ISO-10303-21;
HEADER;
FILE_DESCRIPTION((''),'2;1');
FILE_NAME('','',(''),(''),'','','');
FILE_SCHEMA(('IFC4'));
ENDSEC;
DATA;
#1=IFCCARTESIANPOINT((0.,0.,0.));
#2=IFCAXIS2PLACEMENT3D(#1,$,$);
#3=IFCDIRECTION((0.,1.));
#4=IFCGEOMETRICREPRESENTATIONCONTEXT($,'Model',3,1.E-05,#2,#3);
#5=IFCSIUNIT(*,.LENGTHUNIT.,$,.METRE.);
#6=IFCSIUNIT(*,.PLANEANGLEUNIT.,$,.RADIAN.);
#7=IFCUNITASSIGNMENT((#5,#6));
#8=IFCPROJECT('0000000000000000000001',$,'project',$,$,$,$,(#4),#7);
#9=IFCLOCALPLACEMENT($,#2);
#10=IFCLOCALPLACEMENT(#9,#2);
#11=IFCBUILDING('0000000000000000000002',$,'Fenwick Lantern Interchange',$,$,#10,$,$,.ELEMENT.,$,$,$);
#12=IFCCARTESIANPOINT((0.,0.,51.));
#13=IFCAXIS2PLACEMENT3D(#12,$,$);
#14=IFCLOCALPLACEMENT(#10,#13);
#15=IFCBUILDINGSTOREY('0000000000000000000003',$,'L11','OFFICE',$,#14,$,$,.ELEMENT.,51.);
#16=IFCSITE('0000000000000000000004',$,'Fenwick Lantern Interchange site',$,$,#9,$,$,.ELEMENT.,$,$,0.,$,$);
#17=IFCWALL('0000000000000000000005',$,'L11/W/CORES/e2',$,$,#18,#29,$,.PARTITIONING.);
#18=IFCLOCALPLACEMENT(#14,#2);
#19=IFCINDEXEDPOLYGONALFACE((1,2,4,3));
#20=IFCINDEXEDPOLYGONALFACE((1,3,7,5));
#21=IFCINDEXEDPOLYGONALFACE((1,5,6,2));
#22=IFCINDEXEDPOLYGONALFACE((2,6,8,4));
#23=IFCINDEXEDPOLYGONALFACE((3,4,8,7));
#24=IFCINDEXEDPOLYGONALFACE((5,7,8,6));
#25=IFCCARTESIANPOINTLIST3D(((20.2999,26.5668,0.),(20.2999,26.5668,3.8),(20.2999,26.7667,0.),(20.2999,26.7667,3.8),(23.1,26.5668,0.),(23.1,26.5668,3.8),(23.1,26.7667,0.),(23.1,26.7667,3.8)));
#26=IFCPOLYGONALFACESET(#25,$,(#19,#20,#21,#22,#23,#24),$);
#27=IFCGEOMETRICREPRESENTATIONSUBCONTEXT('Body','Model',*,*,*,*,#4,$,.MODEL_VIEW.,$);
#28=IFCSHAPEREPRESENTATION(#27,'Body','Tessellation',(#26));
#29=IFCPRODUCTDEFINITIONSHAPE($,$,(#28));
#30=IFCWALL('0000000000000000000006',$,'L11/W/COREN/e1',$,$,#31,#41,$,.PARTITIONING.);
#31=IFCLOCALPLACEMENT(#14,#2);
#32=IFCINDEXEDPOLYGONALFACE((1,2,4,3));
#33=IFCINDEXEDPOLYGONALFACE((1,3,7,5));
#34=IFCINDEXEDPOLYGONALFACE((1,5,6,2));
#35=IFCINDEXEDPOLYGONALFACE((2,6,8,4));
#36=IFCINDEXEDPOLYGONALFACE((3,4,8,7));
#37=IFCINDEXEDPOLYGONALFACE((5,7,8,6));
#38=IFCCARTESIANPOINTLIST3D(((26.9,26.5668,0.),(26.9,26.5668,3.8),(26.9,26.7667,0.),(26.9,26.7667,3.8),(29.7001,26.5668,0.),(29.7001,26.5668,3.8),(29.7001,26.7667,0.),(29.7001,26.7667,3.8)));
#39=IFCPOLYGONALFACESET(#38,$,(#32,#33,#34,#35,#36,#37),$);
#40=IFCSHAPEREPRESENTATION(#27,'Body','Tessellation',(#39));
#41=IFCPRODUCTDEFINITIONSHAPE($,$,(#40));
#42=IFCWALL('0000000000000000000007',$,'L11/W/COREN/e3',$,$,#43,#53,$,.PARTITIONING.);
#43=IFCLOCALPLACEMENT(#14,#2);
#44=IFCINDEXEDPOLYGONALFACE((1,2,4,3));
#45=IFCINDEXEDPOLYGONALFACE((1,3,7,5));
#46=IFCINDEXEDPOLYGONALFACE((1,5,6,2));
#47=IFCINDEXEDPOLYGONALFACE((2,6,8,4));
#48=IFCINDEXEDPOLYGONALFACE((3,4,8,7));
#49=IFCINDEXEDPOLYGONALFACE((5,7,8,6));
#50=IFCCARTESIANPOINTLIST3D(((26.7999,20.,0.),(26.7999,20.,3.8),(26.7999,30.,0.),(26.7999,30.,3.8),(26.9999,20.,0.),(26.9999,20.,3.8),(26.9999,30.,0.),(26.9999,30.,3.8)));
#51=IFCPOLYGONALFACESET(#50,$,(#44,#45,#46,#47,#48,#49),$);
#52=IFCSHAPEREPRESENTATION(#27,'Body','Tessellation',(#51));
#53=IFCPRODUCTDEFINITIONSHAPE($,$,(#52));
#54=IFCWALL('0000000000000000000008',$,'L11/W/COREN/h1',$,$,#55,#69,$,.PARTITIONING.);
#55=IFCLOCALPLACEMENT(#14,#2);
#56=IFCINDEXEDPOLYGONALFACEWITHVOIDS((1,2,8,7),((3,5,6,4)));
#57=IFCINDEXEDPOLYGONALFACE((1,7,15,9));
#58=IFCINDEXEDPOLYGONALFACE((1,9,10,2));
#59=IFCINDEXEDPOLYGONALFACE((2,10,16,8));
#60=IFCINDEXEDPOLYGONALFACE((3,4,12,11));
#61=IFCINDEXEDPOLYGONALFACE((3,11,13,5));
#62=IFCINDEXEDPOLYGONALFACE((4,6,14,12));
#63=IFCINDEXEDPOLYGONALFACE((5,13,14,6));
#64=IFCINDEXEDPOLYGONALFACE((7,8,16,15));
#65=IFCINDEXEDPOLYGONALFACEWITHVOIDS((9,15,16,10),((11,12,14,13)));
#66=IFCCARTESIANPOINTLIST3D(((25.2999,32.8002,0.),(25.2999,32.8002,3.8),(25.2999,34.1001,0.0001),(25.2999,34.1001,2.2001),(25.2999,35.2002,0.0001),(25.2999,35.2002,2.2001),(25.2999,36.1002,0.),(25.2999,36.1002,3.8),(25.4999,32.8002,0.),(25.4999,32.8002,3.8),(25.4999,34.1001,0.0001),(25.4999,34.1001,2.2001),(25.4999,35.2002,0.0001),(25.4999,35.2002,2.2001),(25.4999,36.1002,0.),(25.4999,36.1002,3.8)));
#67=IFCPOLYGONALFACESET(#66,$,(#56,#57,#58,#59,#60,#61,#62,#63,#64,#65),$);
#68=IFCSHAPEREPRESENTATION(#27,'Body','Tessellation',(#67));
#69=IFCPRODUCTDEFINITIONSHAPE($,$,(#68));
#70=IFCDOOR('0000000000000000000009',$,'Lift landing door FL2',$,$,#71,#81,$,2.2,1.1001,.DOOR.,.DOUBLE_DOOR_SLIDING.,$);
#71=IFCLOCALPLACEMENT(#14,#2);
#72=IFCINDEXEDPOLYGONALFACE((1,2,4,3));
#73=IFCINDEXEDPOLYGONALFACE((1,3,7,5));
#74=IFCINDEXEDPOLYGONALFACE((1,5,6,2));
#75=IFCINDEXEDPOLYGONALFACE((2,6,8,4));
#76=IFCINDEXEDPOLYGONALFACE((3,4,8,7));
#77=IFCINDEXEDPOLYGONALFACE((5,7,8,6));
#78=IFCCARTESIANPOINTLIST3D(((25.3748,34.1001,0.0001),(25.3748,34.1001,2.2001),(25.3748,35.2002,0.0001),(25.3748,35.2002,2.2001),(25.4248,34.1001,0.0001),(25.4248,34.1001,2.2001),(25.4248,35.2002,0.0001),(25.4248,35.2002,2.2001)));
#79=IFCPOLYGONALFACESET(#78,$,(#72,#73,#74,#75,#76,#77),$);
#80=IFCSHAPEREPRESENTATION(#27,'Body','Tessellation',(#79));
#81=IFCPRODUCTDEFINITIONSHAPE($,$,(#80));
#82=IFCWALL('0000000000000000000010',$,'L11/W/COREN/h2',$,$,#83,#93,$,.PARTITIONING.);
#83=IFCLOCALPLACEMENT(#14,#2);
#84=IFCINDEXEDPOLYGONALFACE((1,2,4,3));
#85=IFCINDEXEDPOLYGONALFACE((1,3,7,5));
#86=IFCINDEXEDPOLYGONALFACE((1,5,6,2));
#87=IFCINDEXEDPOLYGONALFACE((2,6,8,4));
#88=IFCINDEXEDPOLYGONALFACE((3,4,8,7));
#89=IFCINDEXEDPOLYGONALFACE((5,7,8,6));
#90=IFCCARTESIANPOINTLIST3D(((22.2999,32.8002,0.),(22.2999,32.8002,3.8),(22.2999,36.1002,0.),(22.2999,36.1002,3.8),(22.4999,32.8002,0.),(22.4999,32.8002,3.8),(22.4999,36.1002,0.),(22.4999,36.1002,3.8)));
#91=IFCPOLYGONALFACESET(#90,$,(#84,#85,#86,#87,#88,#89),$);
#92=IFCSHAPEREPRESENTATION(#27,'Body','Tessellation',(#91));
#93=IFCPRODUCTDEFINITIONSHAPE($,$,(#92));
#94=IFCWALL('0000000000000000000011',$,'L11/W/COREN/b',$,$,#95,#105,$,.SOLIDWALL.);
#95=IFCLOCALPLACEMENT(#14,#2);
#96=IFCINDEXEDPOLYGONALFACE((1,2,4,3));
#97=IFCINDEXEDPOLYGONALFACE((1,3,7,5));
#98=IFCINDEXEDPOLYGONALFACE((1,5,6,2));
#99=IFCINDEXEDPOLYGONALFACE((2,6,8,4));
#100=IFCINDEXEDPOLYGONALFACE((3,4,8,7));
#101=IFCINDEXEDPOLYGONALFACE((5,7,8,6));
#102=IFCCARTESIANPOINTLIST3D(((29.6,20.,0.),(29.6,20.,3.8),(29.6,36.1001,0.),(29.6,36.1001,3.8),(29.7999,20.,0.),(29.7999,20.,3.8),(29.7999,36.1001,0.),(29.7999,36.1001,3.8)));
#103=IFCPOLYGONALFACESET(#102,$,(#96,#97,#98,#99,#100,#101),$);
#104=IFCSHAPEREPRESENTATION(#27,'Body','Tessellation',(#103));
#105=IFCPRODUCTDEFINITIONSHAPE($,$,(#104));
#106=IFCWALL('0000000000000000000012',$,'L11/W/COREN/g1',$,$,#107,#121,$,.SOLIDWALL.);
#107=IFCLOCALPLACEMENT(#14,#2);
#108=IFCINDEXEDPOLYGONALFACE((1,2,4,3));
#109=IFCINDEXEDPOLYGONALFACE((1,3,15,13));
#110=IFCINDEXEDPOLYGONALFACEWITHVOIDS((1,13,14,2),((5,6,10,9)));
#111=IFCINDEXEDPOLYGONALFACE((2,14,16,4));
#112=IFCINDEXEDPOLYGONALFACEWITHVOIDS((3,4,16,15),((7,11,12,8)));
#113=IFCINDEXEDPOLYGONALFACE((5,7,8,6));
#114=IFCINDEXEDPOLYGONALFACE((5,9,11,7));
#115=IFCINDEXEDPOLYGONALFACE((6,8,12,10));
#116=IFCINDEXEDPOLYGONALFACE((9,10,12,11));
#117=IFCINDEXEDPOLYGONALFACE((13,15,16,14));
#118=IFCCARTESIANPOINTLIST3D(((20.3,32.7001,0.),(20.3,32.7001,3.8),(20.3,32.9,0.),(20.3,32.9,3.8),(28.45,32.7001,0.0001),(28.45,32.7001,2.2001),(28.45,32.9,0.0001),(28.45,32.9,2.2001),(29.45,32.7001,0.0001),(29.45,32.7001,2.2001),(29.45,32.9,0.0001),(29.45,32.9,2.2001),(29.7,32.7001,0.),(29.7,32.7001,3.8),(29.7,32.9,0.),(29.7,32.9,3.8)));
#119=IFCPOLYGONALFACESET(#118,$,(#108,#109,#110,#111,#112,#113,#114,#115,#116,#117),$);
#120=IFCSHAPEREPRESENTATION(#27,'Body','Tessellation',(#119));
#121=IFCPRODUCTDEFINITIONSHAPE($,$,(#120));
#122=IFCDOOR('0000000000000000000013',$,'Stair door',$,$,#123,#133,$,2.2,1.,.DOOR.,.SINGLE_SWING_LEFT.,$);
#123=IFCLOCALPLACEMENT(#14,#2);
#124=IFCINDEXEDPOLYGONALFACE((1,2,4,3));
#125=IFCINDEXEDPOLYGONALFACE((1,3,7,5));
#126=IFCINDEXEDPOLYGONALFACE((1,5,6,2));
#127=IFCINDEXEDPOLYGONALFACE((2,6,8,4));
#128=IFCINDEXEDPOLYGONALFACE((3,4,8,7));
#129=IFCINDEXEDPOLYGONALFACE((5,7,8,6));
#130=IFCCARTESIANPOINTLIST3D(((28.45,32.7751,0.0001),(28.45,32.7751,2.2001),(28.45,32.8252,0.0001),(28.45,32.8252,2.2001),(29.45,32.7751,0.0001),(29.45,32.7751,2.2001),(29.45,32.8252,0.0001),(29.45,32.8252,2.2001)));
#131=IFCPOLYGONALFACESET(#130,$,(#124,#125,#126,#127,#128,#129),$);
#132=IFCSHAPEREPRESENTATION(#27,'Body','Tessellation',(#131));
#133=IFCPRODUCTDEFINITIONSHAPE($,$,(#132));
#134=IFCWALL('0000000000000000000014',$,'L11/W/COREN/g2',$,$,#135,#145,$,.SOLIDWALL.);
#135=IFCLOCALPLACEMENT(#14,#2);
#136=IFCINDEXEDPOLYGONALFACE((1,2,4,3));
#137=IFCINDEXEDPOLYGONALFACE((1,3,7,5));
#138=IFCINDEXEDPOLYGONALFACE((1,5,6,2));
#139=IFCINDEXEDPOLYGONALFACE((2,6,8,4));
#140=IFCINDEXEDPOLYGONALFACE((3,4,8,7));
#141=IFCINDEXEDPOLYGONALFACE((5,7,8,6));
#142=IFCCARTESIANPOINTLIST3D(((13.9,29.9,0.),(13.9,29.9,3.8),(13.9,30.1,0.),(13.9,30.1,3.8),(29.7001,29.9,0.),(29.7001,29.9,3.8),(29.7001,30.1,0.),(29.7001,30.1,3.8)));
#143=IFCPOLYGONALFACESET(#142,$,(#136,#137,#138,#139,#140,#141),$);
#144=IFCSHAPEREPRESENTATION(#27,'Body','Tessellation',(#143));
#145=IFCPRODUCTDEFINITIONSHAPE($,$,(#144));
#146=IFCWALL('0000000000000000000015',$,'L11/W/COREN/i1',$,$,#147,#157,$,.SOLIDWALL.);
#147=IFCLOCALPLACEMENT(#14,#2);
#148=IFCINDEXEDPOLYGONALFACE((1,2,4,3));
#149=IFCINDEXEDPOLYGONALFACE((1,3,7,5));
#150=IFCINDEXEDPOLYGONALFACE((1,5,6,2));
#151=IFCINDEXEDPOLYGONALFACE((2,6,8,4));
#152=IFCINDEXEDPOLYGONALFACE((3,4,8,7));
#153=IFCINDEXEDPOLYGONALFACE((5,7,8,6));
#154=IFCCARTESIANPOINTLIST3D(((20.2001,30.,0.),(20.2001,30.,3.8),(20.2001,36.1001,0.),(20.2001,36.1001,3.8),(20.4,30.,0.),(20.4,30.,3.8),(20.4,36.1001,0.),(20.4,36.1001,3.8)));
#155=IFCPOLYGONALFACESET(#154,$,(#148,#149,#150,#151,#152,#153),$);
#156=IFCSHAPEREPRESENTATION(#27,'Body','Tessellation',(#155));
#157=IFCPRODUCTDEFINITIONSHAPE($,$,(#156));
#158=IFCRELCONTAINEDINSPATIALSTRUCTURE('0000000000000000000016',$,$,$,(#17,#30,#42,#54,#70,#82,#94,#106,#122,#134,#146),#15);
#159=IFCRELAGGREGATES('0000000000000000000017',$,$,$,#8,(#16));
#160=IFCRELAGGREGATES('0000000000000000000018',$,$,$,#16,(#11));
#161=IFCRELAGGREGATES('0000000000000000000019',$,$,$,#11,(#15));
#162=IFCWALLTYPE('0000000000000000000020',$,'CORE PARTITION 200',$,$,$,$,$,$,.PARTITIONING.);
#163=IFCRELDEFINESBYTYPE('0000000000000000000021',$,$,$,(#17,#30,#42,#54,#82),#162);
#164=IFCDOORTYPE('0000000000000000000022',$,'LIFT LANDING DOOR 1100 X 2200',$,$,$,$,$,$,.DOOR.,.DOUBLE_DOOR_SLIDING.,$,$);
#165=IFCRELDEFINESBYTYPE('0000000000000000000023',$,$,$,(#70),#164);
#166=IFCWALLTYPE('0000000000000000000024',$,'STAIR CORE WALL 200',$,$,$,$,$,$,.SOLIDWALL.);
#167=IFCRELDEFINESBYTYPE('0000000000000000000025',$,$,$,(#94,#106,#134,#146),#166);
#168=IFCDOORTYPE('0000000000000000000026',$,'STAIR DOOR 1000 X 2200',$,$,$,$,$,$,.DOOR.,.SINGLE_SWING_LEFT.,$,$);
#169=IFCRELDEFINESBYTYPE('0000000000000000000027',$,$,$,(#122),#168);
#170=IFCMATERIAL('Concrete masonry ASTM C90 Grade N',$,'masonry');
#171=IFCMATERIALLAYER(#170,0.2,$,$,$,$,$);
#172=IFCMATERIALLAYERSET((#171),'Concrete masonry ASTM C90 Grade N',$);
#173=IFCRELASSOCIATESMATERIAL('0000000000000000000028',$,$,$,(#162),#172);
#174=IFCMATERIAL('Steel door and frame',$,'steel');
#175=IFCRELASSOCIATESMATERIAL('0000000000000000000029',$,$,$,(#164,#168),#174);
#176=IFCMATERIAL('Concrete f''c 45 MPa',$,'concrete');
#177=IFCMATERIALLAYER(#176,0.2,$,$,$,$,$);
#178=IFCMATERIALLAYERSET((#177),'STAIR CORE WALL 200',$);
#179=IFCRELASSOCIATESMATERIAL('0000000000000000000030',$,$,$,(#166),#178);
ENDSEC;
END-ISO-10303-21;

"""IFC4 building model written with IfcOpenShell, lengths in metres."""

from ifc_helpers import new_model, si_unit, direction, frame, frame_2d, origin, place, context, subcontext, project, spatial, rectangle, extrude, material, layer, layer_set, type_object, element, fill, save


model = new_model("IFC4")

# Units and contexts
model_context = context("Model", 3, precision=1e-05, world=origin(), true_north=direction((0.0, 1.0)))
body_context = subcontext(model_context, "Body", "Model", "MODEL_VIEW")
ifc_project = project(units=[si_unit("LENGTHUNIT", "METRE"), si_unit("PLANEANGLEUNIT", "RADIAN")], contexts=[model_context])

# Site, building, storey
site_placement = place(None, origin())
site = spatial("IfcSite", under=ifc_project, at=site_placement, Name="Fenwick Lantern Interchange site", CompositionType="ELEMENT", RefElevation=0.0)
building_placement = place(site_placement, origin())
building = spatial("IfcBuilding", under=site, at=building_placement, Name="Fenwick Lantern Interchange", CompositionType="ELEMENT")
storey_placement = place(building_placement, frame((0.0, 0.0, 51.0)))
storey = spatial("IfcBuildingStorey", under=building, at=storey_placement, Name="L11", Description="OFFICE", CompositionType="ELEMENT", Elevation=51.0)

# Walls
ifc_material_1 = material(Name="Concrete masonry ASTM C90 Grade N", Category="masonry")
ifc_layer_1 = layer(ifc_material_1, 0.2)
ifc_layer_set_1 = layer_set([ifc_layer_1], Name="Concrete masonry ASTM C90 Grade N")
wall_type_1 = type_object("IfcWallType", Name="CORE PARTITION 200", PredefinedType="PARTITIONING", material=ifc_layer_set_1)
for number, where, z_axis, x_axis, name in (
    (1, (20.3, 26.6667, 0.0), (0.0, 0.0, 1.0), (1.0, 0.0, 0.0), "L11/W/CORES/e2"),
    (2, (29.7, 26.6667, 0.0), (0.0, 0.0, 1.0), (-1.0, 0.0, 0.0), "L11/W/COREN/e1"),
):
    element("IfcWall", number, at=place(storey_placement, frame(where, z_axis=z_axis, x_axis=x_axis)), inside=storey, type_object=wall_type_1, Name=name, PredefinedType="PARTITIONING", context=body_context, shape_type="SweptSolid", body=[
        extrude(rectangle(XDim=2.8, YDim=0.2, at=frame_2d((1.3999, 0.0))), origin(), (0.0, 0.0, 1.0), 3.8),
    ])
wall_1_placement = place(storey_placement, frame((26.8999, 30.0, 0.0), z_axis=(0.0, 0.0, 1.0), x_axis=(0.0, -1.0, 0.0)))
element("IfcWall", 3, at=wall_1_placement, inside=storey, type_object=wall_type_1, Name="L11/W/COREN/e3", PredefinedType="PARTITIONING", context=body_context, shape_type="SweptSolid", body=[
    extrude(rectangle(XDim=10.0, YDim=0.2, at=frame_2d((5.0, 0.0))), origin(), (0.0, 0.0, 1.0), 3.8),
])

# Wall, opening, door
wall_2_placement = place(storey_placement, frame((25.3999, 36.1001, 0.0), z_axis=(0.0, 0.0, 1.0), x_axis=(0.0, -1.0, 0.0)))
wall_2 = element("IfcWall", 4, at=wall_2_placement, inside=storey, type_object=wall_type_1, Name="L11/W/COREN/h1", PredefinedType="PARTITIONING", context=body_context, shape_type="SweptSolid", body=[
    extrude(rectangle(XDim=3.3, YDim=0.2, at=frame_2d((1.6499, 0.0))), origin(), (0.0, 0.0, 1.0), 3.8),
])
opening_1_placement = place(wall_2_placement, frame((0.8999, 0.0, 0.0)))
opening_1 = element("IfcOpeningElement", 5, at=opening_1_placement, cuts=wall_2, PredefinedType="OPENING", context=body_context, shape_type="SweptSolid", body=[
    extrude(rectangle(XDim=1.1001, YDim=2.2, at=frame_2d((0.55, 1.1001))), frame((0.0, 0.1099, 0.0), z_axis=(0.0, -1.0, 0.0), x_axis=(1.0, 0.0, 0.0)), (0.0, 0.0, 1.0), 0.22),
])
ifc_material_2 = material(Name="Steel door and frame", Category="steel")
door_type_1 = type_object("IfcDoorType", Name="LIFT LANDING DOOR 1100 X 2200", OperationType="DOUBLE_DOOR_SLIDING", PredefinedType="DOOR", material=ifc_material_2)
door_1_placement = place(opening_1_placement, origin())
door_1 = element("IfcDoor", 6, at=door_1_placement, inside=storey, type_object=door_type_1, Name="Lift landing door FL2", OperationType="DOUBLE_DOOR_SLIDING", OverallHeight=2.2, OverallWidth=1.1001, PredefinedType="DOOR", context=body_context, shape_type="SweptSolid", body=[
    extrude(rectangle(XDim=1.1001, YDim=2.2, at=frame_2d((0.55, 1.1001))), frame((0.0, 0.0249, 0.0), z_axis=(0.0, -1.0, 0.0), x_axis=(1.0, 0.0, 0.0)), (0.0, 0.0, 1.0), 0.05),
])
fill(opening_1, door_1)

# Walls
wall_3_placement = place(storey_placement, frame((22.3999, 36.1001, 0.0), z_axis=(0.0, 0.0, 1.0), x_axis=(0.0, -1.0, 0.0)))
element("IfcWall", 7, at=wall_3_placement, inside=storey, type_object=wall_type_1, Name="L11/W/COREN/h2", PredefinedType="PARTITIONING", context=body_context, shape_type="SweptSolid", body=[
    extrude(rectangle(XDim=3.3, YDim=0.2, at=frame_2d((1.6499, 0.0))), origin(), (0.0, 0.0, 1.0), 3.8),
])
ifc_material_3 = material(Name="Concrete f'c 45 MPa", Category="concrete")
ifc_layer_2 = layer(ifc_material_3, 0.2)
ifc_layer_set_2 = layer_set([ifc_layer_2], Name="STAIR CORE WALL 200")
wall_type_2 = type_object("IfcWallType", Name="STAIR CORE WALL 200", PredefinedType="SOLIDWALL", material=ifc_layer_set_2)
wall_4_placement = place(storey_placement, frame((29.7, 36.1001, 0.0), z_axis=(0.0, 0.0, 1.0), x_axis=(0.0, -1.0, 0.0)))
element("IfcWall", 8, at=wall_4_placement, inside=storey, type_object=wall_type_2, Name="L11/W/COREN/b", PredefinedType="SOLIDWALL", context=body_context, shape_type="SweptSolid", body=[
    extrude(rectangle(XDim=16.1001, YDim=0.2, at=frame_2d((8.05, 0.0))), origin(), (0.0, 0.0, 1.0), 3.8),
])

# Wall, opening, door
wall_5_placement = place(storey_placement, frame((29.7, 32.8, 0.0), z_axis=(0.0, 0.0, 1.0), x_axis=(-1.0, 0.0, 0.0)))
wall_5 = element("IfcWall", 9, at=wall_5_placement, inside=storey, type_object=wall_type_2, Name="L11/W/COREN/g1", PredefinedType="SOLIDWALL", context=body_context, shape_type="SweptSolid", body=[
    extrude(rectangle(XDim=9.3999, YDim=0.2, at=frame_2d((4.7, 0.0))), origin(), (0.0, 0.0, 1.0), 3.8),
])
opening_2_placement = place(wall_5_placement, frame((0.25, 0.0, 0.0)))
opening_2 = element("IfcOpeningElement", 10, at=opening_2_placement, cuts=wall_5, PredefinedType="OPENING", context=body_context, shape_type="SweptSolid", body=[
    extrude(rectangle(XDim=1.0, YDim=2.2, at=frame_2d((0.5, 1.1001))), frame((0.0, 0.1099, 0.0), z_axis=(0.0, -1.0, 0.0), x_axis=(1.0, 0.0, 0.0)), (0.0, 0.0, 1.0), 0.22),
])
door_type_2 = type_object("IfcDoorType", Name="STAIR DOOR 1000 X 2200", OperationType="SINGLE_SWING_LEFT", PredefinedType="DOOR", material=ifc_material_2)
door_2_placement = place(opening_2_placement, origin())
door_2 = element("IfcDoor", 11, at=door_2_placement, inside=storey, type_object=door_type_2, Name="Stair door", OperationType="SINGLE_SWING_LEFT", OverallHeight=2.2, OverallWidth=1.0, PredefinedType="DOOR", context=body_context, shape_type="SweptSolid", body=[
    extrude(rectangle(XDim=1.0, YDim=2.2, at=frame_2d((0.5, 1.1001))), frame((0.0, 0.0249, 0.0), z_axis=(0.0, -1.0, 0.0), x_axis=(1.0, 0.0, 0.0)), (0.0, 0.0, 1.0), 0.05),
])
fill(opening_2, door_2)

# Walls
wall_6_placement = place(storey_placement, frame((29.7, 30.0, 0.0), z_axis=(0.0, 0.0, 1.0), x_axis=(-1.0, 0.0, 0.0)))
element("IfcWall", 12, at=wall_6_placement, inside=storey, type_object=wall_type_2, Name="L11/W/COREN/g2", PredefinedType="SOLIDWALL", context=body_context, shape_type="SweptSolid", body=[
    extrude(rectangle(XDim=15.8, YDim=0.2, at=frame_2d((7.8999, 0.0))), origin(), (0.0, 0.0, 1.0), 3.8),
])
wall_7_placement = place(storey_placement, frame((20.3, 36.1001, 0.0), z_axis=(0.0, 0.0, 1.0), x_axis=(0.0, -1.0, 0.0)))
element("IfcWall", 13, at=wall_7_placement, inside=storey, type_object=wall_type_2, Name="L11/W/COREN/i1", PredefinedType="SOLIDWALL", context=body_context, shape_type="SweptSolid", body=[
    extrude(rectangle(XDim=6.1001, YDim=0.2, at=frame_2d((3.05, 0.0))), origin(), (0.0, 0.0, 1.0), 3.8),
])

save(model, "model.ifc")
